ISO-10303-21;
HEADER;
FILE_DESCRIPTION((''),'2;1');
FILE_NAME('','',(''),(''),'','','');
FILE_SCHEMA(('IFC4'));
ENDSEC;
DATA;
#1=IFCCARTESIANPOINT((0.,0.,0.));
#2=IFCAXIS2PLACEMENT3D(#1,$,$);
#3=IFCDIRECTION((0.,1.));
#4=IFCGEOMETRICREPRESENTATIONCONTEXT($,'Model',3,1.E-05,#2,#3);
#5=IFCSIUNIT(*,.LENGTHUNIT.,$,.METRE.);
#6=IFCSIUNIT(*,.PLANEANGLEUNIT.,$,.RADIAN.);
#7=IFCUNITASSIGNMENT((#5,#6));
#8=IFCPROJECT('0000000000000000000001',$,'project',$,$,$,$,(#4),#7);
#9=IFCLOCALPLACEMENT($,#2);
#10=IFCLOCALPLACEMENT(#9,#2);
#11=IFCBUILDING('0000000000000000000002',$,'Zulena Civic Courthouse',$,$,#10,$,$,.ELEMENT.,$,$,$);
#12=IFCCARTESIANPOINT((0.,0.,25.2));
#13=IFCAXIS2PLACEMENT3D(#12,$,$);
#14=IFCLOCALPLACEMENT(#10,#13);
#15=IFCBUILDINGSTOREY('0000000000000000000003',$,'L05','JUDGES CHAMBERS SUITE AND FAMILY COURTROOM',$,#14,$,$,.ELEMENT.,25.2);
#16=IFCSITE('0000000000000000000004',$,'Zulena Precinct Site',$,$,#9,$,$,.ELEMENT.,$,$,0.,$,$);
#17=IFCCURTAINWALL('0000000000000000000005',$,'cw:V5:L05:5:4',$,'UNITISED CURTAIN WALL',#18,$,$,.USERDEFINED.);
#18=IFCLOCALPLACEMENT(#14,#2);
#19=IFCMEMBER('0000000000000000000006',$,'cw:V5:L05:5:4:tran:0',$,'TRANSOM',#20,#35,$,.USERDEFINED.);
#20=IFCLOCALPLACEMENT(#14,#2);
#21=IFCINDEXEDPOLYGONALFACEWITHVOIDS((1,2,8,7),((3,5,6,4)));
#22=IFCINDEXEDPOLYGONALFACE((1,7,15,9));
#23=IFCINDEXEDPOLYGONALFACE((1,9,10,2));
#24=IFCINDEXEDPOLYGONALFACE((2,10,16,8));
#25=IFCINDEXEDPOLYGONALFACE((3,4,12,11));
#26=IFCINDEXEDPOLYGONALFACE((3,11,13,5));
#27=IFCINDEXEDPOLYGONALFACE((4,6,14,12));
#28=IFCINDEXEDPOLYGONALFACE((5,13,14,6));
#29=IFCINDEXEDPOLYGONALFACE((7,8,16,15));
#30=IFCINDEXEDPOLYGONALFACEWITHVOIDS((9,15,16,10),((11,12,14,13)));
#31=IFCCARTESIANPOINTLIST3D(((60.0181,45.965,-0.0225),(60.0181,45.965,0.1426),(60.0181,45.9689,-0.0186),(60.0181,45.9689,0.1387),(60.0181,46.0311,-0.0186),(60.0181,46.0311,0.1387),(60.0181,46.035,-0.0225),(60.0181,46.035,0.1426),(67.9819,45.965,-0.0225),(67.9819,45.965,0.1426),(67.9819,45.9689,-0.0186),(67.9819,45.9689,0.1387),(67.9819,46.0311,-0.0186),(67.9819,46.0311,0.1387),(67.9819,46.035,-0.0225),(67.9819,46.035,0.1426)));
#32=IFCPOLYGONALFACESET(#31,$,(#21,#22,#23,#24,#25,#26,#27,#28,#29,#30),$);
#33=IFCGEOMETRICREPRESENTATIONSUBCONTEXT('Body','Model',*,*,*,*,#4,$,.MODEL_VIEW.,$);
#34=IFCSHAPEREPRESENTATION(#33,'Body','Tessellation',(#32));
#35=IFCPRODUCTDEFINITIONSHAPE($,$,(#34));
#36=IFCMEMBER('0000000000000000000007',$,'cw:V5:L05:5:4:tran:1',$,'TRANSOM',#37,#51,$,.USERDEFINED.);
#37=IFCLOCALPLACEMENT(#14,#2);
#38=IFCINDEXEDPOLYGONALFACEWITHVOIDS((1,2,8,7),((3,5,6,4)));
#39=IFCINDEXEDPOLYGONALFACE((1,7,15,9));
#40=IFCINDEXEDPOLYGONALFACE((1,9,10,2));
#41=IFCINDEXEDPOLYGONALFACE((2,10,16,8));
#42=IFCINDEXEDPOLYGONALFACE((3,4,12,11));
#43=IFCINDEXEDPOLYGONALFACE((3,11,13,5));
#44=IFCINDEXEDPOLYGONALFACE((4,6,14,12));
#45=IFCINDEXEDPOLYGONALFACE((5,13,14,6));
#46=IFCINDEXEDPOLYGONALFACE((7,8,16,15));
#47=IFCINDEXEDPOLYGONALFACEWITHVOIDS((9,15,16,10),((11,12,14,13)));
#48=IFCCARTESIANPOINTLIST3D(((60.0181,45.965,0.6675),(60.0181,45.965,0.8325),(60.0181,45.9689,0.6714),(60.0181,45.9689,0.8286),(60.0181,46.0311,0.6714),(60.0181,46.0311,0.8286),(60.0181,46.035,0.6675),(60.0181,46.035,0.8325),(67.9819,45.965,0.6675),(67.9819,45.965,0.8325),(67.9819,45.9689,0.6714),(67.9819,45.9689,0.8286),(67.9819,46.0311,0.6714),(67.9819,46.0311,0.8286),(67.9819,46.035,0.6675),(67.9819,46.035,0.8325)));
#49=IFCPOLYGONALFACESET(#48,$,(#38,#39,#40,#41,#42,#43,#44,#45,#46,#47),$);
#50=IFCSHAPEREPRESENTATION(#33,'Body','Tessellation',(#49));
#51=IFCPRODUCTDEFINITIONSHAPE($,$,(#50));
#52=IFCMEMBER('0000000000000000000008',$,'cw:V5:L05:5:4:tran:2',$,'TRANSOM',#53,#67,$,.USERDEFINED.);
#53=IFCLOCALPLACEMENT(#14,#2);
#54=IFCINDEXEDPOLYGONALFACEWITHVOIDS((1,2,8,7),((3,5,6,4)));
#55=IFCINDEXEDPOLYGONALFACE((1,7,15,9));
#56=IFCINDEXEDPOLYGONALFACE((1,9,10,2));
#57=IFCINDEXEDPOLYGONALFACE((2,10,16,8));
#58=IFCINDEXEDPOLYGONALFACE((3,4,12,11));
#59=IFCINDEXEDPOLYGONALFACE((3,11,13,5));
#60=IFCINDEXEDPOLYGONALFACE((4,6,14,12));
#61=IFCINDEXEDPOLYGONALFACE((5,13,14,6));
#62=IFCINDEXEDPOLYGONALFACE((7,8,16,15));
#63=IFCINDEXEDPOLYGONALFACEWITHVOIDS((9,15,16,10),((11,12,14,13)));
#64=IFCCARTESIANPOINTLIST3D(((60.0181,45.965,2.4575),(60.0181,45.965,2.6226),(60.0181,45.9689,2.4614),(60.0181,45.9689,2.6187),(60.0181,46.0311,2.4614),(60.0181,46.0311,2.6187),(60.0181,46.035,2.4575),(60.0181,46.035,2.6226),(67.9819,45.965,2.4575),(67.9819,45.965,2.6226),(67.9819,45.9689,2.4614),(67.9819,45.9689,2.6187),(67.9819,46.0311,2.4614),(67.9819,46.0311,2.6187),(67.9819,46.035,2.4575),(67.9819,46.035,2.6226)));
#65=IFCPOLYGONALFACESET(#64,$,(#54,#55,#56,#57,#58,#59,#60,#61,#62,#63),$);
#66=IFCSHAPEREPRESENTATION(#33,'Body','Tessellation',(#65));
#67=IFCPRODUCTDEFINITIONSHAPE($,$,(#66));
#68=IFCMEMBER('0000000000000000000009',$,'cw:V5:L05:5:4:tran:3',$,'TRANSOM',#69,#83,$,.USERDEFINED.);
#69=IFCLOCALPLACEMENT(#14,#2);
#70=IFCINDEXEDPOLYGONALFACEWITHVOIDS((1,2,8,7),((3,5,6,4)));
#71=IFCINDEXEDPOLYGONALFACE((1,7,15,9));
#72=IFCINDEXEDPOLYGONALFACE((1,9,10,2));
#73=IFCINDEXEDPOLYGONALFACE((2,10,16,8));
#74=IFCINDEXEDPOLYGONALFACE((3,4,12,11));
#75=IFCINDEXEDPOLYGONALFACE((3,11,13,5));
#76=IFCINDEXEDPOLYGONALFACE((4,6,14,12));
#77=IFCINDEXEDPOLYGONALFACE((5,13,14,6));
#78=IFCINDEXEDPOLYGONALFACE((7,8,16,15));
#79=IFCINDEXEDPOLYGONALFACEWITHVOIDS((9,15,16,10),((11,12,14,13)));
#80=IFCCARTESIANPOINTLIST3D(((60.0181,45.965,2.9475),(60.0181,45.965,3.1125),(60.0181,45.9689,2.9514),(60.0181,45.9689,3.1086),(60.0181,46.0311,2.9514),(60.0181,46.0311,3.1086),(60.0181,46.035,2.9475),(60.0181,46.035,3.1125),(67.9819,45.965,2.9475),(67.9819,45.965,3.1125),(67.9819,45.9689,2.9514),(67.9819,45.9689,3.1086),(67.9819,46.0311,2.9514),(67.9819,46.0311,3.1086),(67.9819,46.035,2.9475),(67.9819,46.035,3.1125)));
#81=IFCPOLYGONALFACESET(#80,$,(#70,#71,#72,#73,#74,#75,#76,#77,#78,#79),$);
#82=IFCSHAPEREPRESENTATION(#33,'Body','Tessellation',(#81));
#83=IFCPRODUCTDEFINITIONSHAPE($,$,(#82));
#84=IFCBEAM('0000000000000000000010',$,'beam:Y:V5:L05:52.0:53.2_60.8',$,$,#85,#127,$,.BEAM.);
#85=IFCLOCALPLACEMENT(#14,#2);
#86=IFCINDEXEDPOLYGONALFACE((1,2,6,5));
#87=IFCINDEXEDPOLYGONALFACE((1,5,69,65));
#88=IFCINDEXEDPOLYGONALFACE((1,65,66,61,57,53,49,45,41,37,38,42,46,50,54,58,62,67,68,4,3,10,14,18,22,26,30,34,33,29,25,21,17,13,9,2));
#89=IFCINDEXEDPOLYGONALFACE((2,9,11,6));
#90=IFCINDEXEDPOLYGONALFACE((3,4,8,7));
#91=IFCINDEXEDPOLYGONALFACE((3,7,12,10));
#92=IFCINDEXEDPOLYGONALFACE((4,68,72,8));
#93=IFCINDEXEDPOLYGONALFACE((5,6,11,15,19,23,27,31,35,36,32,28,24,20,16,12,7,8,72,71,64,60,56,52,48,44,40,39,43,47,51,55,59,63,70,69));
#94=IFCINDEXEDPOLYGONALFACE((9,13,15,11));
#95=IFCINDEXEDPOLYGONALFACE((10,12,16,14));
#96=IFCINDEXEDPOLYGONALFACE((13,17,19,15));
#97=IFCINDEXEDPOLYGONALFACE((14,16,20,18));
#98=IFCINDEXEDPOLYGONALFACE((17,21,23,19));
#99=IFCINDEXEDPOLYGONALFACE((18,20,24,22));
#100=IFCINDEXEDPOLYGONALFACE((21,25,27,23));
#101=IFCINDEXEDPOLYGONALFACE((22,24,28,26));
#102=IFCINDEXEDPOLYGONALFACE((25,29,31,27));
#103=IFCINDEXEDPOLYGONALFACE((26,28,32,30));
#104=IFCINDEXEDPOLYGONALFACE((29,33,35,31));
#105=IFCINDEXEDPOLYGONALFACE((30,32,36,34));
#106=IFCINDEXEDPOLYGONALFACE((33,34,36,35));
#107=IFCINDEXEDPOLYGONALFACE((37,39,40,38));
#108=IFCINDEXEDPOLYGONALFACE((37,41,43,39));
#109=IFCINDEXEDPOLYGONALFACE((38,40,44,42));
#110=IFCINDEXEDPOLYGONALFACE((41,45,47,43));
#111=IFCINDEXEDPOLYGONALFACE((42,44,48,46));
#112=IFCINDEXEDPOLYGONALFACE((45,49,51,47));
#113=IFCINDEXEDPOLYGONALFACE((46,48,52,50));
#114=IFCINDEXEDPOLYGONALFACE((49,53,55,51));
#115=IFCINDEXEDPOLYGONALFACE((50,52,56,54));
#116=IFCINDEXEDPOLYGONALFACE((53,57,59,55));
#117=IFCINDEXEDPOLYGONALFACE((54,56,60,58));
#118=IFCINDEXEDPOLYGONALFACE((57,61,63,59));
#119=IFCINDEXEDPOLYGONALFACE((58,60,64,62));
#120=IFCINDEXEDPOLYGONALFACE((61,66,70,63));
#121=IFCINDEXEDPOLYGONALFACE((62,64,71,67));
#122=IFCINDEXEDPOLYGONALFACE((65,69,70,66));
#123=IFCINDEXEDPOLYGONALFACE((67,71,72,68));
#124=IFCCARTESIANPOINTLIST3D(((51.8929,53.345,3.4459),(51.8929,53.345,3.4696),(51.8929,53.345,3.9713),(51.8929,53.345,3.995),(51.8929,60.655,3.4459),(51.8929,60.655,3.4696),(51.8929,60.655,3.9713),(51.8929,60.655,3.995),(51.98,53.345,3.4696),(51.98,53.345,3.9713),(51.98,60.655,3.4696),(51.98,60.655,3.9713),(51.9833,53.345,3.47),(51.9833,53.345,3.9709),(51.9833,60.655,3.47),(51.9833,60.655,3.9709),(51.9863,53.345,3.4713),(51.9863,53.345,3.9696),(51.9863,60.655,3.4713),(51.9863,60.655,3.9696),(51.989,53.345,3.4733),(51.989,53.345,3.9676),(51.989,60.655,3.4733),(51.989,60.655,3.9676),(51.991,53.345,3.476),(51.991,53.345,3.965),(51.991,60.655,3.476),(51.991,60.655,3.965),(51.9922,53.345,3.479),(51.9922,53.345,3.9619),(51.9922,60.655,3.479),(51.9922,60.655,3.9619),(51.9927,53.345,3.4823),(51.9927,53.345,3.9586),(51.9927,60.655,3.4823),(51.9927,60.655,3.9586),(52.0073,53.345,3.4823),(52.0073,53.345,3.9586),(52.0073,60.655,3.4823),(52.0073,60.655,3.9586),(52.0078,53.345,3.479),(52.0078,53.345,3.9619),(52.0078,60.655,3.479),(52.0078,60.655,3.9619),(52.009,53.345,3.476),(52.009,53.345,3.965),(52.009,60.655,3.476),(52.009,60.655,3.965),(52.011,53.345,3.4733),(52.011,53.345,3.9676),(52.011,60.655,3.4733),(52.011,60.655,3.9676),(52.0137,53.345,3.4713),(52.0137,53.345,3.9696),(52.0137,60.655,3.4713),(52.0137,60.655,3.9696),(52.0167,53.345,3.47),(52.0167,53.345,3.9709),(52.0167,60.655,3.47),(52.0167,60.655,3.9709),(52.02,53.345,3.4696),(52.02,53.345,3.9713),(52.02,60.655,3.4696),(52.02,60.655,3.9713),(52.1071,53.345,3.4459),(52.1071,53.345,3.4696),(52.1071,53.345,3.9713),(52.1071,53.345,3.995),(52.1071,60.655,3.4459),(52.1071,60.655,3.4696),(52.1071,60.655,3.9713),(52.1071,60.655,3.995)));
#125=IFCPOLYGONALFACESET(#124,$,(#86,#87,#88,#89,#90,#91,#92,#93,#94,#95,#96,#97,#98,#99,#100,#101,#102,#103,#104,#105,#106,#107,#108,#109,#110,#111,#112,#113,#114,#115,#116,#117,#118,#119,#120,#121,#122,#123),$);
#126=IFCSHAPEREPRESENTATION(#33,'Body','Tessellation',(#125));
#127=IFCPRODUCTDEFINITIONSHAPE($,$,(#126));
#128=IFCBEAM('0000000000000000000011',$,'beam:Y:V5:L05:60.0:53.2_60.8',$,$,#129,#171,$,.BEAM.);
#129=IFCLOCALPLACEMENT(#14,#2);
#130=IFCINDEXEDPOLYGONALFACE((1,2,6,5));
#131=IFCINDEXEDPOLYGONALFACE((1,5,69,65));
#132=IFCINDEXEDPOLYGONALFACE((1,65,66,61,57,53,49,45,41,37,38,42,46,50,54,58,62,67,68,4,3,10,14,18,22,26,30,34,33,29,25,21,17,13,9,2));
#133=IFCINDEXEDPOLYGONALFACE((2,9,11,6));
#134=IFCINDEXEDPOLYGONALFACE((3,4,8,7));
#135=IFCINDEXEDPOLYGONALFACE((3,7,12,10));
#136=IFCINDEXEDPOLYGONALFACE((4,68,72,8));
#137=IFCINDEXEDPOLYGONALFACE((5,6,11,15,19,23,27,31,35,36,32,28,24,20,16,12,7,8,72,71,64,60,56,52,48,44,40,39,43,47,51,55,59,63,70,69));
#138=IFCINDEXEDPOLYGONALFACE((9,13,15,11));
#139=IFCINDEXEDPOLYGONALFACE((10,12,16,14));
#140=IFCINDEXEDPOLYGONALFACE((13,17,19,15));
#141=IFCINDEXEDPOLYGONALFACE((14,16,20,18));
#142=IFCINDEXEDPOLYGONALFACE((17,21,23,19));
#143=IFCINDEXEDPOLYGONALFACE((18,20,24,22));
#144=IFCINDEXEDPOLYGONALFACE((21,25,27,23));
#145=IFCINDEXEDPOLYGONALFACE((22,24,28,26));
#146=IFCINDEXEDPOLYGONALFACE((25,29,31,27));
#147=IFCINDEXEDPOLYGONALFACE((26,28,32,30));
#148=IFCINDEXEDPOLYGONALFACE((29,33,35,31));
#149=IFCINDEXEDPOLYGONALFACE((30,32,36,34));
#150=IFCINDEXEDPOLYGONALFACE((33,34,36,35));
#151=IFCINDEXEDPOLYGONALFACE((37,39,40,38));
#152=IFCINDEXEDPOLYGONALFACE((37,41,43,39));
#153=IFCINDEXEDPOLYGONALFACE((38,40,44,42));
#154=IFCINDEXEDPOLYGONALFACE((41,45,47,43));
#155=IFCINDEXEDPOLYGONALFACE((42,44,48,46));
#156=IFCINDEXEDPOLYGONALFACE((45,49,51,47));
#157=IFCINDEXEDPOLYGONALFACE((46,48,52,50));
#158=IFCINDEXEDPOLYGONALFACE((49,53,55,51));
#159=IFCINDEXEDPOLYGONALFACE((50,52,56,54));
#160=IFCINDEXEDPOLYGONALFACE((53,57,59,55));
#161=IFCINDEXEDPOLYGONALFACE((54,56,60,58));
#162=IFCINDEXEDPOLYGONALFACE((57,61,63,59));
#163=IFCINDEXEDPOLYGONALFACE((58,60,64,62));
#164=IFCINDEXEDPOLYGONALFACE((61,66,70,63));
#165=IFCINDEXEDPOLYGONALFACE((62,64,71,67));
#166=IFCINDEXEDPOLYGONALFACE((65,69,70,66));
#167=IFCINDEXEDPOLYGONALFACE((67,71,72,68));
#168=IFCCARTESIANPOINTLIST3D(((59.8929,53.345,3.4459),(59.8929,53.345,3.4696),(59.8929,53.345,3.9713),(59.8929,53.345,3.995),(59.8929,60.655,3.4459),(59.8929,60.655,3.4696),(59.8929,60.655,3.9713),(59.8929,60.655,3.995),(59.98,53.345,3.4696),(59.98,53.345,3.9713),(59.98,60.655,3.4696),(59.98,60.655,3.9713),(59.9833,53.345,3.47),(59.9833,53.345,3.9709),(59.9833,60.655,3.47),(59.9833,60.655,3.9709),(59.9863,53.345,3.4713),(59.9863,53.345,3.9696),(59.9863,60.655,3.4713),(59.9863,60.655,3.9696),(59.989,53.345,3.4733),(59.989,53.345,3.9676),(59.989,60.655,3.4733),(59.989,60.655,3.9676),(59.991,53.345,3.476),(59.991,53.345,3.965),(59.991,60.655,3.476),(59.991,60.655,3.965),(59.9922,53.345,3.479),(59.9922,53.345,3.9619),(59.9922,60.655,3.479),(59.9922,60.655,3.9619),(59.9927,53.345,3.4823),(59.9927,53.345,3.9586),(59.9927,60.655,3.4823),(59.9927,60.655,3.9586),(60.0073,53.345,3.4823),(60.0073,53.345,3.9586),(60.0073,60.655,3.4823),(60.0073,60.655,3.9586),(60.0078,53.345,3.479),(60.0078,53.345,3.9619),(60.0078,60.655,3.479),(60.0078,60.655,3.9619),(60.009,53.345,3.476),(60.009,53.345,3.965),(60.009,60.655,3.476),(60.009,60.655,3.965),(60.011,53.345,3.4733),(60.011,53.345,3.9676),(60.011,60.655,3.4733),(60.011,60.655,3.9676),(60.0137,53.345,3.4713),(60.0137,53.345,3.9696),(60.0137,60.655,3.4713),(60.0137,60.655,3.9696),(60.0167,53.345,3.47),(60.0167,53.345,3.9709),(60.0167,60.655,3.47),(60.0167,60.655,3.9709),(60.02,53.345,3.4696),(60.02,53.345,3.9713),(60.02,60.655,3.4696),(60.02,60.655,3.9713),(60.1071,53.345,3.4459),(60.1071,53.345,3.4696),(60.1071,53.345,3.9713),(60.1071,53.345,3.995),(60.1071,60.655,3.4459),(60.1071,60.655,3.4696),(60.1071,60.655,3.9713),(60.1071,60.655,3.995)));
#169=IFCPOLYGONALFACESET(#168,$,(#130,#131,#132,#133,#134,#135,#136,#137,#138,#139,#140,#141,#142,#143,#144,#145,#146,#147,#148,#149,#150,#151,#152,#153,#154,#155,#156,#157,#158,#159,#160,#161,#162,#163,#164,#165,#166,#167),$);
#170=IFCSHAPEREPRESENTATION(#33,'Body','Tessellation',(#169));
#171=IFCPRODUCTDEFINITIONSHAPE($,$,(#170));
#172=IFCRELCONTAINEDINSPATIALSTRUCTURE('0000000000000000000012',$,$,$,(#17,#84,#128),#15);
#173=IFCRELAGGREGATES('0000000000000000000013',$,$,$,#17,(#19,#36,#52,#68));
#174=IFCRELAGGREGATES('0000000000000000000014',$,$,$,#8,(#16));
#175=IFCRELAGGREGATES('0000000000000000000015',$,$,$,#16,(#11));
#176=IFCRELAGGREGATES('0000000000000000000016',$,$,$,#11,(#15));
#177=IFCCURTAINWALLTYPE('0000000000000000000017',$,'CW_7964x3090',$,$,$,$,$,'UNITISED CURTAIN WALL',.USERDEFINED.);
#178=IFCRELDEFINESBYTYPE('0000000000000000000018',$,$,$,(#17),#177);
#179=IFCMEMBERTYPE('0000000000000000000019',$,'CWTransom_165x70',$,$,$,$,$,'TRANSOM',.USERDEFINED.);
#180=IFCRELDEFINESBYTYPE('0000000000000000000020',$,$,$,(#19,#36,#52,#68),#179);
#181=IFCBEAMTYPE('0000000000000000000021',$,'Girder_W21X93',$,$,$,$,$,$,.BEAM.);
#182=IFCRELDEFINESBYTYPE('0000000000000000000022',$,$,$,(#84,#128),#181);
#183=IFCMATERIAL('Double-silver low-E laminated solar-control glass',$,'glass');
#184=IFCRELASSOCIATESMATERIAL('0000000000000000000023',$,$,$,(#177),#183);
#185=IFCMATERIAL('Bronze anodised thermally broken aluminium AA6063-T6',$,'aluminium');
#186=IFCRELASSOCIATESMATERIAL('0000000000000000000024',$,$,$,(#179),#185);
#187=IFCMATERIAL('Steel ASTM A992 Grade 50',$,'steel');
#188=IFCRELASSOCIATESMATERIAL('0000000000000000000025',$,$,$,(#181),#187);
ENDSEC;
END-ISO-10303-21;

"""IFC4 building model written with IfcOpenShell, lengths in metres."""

from ifc_helpers import new_model, si_unit, direction, frame, origin, origin_2d, place, context, subcontext, project, spatial, hollow_rectangle, i_section, extrude, material, material_profile, profile_set, type_object, element, aggregate, save


model = new_model("IFC4")

# Units and contexts
model_context = context("Model", 3, precision=1e-05, world=origin(), true_north=direction((0.0, 1.0)))
body_context = subcontext(model_context, "Body", "Model", "MODEL_VIEW")
ifc_project = project(units=[si_unit("LENGTHUNIT", "METRE"), si_unit("PLANEANGLEUNIT", "RADIAN")], contexts=[model_context])

# Site, building, storey
site_placement = place(None, origin())
site = spatial("IfcSite", under=ifc_project, at=site_placement, Name="Zulena Precinct Site", CompositionType="ELEMENT", RefElevation=0.0)
building_placement = place(site_placement, origin())
building = spatial("IfcBuilding", under=site, at=building_placement, Name="Zulena Civic Courthouse", CompositionType="ELEMENT")
storey_placement = place(building_placement, frame((0.0, 0.0, 25.2)))
storey = spatial("IfcBuildingStorey", under=building, at=storey_placement, Name="L05", Description="JUDGES CHAMBERS SUITE AND FAMILY COURTROOM", CompositionType="ELEMENT", Elevation=25.2)

# Shared definitions
ifc_material_1 = material(Name="Steel ASTM A992 Grade 50", Category="steel")

# Curtain wall, members
ifc_material_2 = material(Name="Double-silver low-E laminated solar-control glass", Category="glass")
curtain_wall_type = type_object("IfcCurtainWallType", Name="CW_7964x3090", ElementType="UNITISED CURTAIN WALL", PredefinedType="USERDEFINED", material=ifc_material_2)
curtain_wall_placement = place(storey_placement, origin())
curtain_wall = element("IfcCurtainWall", 1, at=curtain_wall_placement, inside=storey, type_object=curtain_wall_type, Name="cw:V5:L05:5:4", ObjectType="UNITISED CURTAIN WALL", PredefinedType="USERDEFINED")
ifc_material_3 = material(Name="Bronze anodised thermally broken aluminium AA6063-T6", Category="aluminium")
ifc_material_profile_1 = material_profile(ifc_material_3, hollow_rectangle(XDim=0.0701, YDim=0.165, WallThickness=0.0039, at=origin_2d()), Name="CWT165X70X4")
ifc_profile_set_1 = profile_set([ifc_material_profile_1], Name="Bronze anodised thermally broken aluminium AA6063-T6")
member_type_1 = type_object("IfcMemberType", Name="CWTransom_165x70", ElementType="TRANSOM", PredefinedType="USERDEFINED", material=ifc_profile_set_1)
member_1_placement = place(storey_placement, frame((67.9819, 46.0, 0.0601), z_axis=(-1.0, 0.0, 0.0), x_axis=(0.0, -1.0, 0.0)))
member_1 = element("IfcMember", 2, at=member_1_placement, type_object=member_type_1, Name="cw:V5:L05:5:4:tran:0", ObjectType="TRANSOM", PredefinedType="USERDEFINED", context=body_context, shape_type="SweptSolid", body=[
    extrude(hollow_rectangle(XDim=0.0701, YDim=0.165, WallThickness=0.0039, at=origin_2d()), origin(), (0.0, 0.0, 1.0), 7.9639),
])
member_2_placement = place(storey_placement, frame((67.9819, 46.0, 0.75), z_axis=(-1.0, 0.0, 0.0), x_axis=(0.0, -1.0, 0.0)))
member_2 = element("IfcMember", 3, at=member_2_placement, type_object=member_type_1, Name="cw:V5:L05:5:4:tran:1", ObjectType="TRANSOM", PredefinedType="USERDEFINED", context=body_context, shape_type="SweptSolid", body=[
    extrude(hollow_rectangle(XDim=0.0701, YDim=0.165, WallThickness=0.0039, at=origin_2d()), origin(), (0.0, 0.0, 1.0), 7.9639),
])
member_3_placement = place(storey_placement, frame((67.9819, 46.0, 2.54), z_axis=(-1.0, 0.0, 0.0), x_axis=(0.0, -1.0, 0.0)))
member_3 = element("IfcMember", 4, at=member_3_placement, type_object=member_type_1, Name="cw:V5:L05:5:4:tran:2", ObjectType="TRANSOM", PredefinedType="USERDEFINED", context=body_context, shape_type="SweptSolid", body=[
    extrude(hollow_rectangle(XDim=0.0701, YDim=0.165, WallThickness=0.0039, at=origin_2d()), origin(), (0.0, 0.0, 1.0), 7.9639),
])
member_4_placement = place(storey_placement, frame((67.9819, 46.0, 3.03), z_axis=(-1.0, 0.0, 0.0), x_axis=(0.0, -1.0, 0.0)))
member_4 = element("IfcMember", 5, at=member_4_placement, type_object=member_type_1, Name="cw:V5:L05:5:4:tran:3", ObjectType="TRANSOM", PredefinedType="USERDEFINED", context=body_context, shape_type="SweptSolid", body=[
    extrude(hollow_rectangle(XDim=0.0701, YDim=0.165, WallThickness=0.0039, at=origin_2d()), origin(), (0.0, 0.0, 1.0), 7.9639),
])

# Beams
ifc_material_profile_2 = material_profile(ifc_material_1, i_section(OverallWidth=0.2141, OverallDepth=0.5491, WebThickness=0.0146, FlangeThickness=0.0237, FilletRadius=0.0127, at=origin_2d()), Name="W21X93")
ifc_profile_set_2 = profile_set([ifc_material_profile_2], Name="Steel ASTM A992 Grade 50")
beam_type_1 = type_object("IfcBeamType", Name="Girder_W21X93", PredefinedType="BEAM", material=ifc_profile_set_2)
for number, where, z_axis, x_axis, name in (
    (6, (52.0, 53.345, 3.7205), (0.0, 1.0, 0.0), (-1.0, 0.0, 0.0), "beam:Y:V5:L05:52.0:53.2_60.8"),
    (7, (60.0, 53.345, 3.7205), (0.0, 1.0, 0.0), (-1.0, 0.0, 0.0), "beam:Y:V5:L05:60.0:53.2_60.8"),
):
    element("IfcBeam", number, at=place(storey_placement, frame(where, z_axis=z_axis, x_axis=x_axis)), inside=storey, type_object=beam_type_1, Name=name, PredefinedType="BEAM", context=body_context, shape_type="SweptSolid", body=[
        extrude(i_section(OverallWidth=0.2141, OverallDepth=0.5491, WebThickness=0.0146, FlangeThickness=0.0237, FilletRadius=0.0127, at=origin_2d()), origin(), (0.0, 0.0, 1.0), 7.3101),
    ])

aggregate(curtain_wall, [member_1, member_2, member_3, member_4])

save(model, "model.ifc")
